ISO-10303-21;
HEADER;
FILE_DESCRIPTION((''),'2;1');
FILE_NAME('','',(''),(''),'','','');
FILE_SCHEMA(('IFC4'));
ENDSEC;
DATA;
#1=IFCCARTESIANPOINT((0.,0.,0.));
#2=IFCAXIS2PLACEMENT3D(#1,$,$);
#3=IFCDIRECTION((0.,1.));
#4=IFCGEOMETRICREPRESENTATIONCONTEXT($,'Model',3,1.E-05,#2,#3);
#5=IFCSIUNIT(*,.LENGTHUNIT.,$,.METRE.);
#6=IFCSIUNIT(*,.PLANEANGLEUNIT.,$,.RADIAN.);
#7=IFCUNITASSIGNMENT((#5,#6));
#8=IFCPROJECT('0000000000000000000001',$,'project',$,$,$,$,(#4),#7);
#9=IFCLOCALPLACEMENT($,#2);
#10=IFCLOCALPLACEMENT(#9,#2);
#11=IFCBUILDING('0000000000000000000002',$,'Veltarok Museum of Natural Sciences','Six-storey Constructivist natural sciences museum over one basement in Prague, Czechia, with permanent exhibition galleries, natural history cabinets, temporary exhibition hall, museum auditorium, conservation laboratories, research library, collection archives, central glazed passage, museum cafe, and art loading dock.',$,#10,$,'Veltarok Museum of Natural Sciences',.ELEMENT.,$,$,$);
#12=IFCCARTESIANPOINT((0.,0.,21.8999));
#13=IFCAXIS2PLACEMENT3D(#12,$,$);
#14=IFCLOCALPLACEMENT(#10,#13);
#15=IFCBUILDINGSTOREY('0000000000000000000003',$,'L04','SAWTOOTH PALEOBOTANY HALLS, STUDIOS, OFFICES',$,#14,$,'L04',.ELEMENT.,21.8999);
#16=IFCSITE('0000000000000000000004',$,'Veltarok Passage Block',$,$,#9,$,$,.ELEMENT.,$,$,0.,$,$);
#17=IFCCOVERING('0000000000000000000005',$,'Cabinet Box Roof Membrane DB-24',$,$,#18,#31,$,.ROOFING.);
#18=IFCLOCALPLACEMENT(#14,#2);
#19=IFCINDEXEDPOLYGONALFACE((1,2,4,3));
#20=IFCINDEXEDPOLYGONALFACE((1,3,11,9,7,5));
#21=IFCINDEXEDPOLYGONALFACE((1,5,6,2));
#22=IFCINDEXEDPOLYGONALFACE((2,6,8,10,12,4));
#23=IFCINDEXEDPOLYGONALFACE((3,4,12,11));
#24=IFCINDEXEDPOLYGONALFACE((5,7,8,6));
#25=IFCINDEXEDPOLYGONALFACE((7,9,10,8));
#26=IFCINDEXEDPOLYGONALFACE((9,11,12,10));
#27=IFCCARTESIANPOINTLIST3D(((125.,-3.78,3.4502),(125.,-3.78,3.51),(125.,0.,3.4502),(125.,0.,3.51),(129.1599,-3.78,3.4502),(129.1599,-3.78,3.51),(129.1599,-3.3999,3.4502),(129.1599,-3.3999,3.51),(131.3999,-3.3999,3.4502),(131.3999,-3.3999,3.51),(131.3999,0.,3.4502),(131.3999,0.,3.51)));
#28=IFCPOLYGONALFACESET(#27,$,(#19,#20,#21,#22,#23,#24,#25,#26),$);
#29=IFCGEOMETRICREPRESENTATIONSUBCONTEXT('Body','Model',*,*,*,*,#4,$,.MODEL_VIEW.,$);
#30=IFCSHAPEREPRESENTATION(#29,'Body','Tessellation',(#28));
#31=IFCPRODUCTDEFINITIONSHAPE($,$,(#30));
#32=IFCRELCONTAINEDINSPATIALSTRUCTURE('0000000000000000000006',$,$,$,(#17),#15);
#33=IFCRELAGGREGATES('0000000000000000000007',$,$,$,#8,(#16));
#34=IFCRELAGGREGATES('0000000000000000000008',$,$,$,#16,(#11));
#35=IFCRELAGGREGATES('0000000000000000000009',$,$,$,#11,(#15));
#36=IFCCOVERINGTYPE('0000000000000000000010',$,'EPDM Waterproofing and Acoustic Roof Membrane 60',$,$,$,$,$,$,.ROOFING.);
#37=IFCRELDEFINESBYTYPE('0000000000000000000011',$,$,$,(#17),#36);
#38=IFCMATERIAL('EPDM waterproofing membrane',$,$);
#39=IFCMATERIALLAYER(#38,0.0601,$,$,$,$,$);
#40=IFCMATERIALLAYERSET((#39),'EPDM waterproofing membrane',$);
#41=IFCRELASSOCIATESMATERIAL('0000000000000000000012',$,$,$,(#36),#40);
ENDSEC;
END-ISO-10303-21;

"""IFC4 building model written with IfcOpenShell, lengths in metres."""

from ifc_helpers import new_model, si_unit, direction, frame, origin, place, context, subcontext, project, spatial, polyline, outline, extrude, material, layer, layer_set, type_object, element, save


model = new_model("IFC4")

# Units and contexts
model_context = context("Model", 3, precision=1e-05, world=origin(), true_north=direction((0.0, 1.0)))
body_context = subcontext(model_context, "Body", "Model", "MODEL_VIEW")
ifc_project = project(units=[si_unit("LENGTHUNIT", "METRE"), si_unit("PLANEANGLEUNIT", "RADIAN")], contexts=[model_context])

# Site, building, storey
site_placement = place(None, origin())
site = spatial("IfcSite", under=ifc_project, at=site_placement, Name="Veltarok Passage Block", CompositionType="ELEMENT", RefElevation=0.0)
building_placement = place(site_placement, origin())
building = spatial("IfcBuilding", under=site, at=building_placement, Name="Veltarok Museum of Natural Sciences", Description="Six-storey Constructivist natural sciences museum over one basement in Prague, Czechia, with permanent exhibition galleries, natural history cabinets, temporary exhibition hall, museum auditorium, conservation laboratories, research library, collection archives, central glazed passage, museum cafe, and art loading dock.", LongName="Veltarok Museum of Natural Sciences", CompositionType="ELEMENT")
storey_placement = place(building_placement, frame((0.0, 0.0, 21.8999)))
storey = spatial("IfcBuildingStorey", under=building, at=storey_placement, Name="L04", Description="SAWTOOTH PALEOBOTANY HALLS, STUDIOS, OFFICES", LongName="L04", CompositionType="ELEMENT", Elevation=21.8999)

# Covering
ifc_material_1 = material(Name="EPDM waterproofing membrane")
ifc_layer_1 = layer(ifc_material_1, 0.0601)
ifc_layer_set_1 = layer_set([ifc_layer_1], Name="EPDM waterproofing membrane")
covering_type = type_object("IfcCoveringType", Name="EPDM Waterproofing and Acoustic Roof Membrane 60", PredefinedType="ROOFING", material=ifc_layer_set_1)
covering_placement = place(storey_placement, frame((0.0, 0.0, 3.4502)))
element("IfcCovering", 1, at=covering_placement, inside=storey, type_object=covering_type, Name="Cabinet Box Roof Membrane DB-24", PredefinedType="ROOFING", context=body_context, shape_type="SweptSolid", body=[
    extrude(outline(polyline([(125.0, -3.78), (129.1599, -3.78), (129.1599, -3.3999), (131.3999, -3.3999), (131.3999, 0.0), (125.0, 0.0), (125.0, -3.78)])), origin(), (0.0, 0.0, 1.0), 0.0598),
])

save(model, "model.ifc")
